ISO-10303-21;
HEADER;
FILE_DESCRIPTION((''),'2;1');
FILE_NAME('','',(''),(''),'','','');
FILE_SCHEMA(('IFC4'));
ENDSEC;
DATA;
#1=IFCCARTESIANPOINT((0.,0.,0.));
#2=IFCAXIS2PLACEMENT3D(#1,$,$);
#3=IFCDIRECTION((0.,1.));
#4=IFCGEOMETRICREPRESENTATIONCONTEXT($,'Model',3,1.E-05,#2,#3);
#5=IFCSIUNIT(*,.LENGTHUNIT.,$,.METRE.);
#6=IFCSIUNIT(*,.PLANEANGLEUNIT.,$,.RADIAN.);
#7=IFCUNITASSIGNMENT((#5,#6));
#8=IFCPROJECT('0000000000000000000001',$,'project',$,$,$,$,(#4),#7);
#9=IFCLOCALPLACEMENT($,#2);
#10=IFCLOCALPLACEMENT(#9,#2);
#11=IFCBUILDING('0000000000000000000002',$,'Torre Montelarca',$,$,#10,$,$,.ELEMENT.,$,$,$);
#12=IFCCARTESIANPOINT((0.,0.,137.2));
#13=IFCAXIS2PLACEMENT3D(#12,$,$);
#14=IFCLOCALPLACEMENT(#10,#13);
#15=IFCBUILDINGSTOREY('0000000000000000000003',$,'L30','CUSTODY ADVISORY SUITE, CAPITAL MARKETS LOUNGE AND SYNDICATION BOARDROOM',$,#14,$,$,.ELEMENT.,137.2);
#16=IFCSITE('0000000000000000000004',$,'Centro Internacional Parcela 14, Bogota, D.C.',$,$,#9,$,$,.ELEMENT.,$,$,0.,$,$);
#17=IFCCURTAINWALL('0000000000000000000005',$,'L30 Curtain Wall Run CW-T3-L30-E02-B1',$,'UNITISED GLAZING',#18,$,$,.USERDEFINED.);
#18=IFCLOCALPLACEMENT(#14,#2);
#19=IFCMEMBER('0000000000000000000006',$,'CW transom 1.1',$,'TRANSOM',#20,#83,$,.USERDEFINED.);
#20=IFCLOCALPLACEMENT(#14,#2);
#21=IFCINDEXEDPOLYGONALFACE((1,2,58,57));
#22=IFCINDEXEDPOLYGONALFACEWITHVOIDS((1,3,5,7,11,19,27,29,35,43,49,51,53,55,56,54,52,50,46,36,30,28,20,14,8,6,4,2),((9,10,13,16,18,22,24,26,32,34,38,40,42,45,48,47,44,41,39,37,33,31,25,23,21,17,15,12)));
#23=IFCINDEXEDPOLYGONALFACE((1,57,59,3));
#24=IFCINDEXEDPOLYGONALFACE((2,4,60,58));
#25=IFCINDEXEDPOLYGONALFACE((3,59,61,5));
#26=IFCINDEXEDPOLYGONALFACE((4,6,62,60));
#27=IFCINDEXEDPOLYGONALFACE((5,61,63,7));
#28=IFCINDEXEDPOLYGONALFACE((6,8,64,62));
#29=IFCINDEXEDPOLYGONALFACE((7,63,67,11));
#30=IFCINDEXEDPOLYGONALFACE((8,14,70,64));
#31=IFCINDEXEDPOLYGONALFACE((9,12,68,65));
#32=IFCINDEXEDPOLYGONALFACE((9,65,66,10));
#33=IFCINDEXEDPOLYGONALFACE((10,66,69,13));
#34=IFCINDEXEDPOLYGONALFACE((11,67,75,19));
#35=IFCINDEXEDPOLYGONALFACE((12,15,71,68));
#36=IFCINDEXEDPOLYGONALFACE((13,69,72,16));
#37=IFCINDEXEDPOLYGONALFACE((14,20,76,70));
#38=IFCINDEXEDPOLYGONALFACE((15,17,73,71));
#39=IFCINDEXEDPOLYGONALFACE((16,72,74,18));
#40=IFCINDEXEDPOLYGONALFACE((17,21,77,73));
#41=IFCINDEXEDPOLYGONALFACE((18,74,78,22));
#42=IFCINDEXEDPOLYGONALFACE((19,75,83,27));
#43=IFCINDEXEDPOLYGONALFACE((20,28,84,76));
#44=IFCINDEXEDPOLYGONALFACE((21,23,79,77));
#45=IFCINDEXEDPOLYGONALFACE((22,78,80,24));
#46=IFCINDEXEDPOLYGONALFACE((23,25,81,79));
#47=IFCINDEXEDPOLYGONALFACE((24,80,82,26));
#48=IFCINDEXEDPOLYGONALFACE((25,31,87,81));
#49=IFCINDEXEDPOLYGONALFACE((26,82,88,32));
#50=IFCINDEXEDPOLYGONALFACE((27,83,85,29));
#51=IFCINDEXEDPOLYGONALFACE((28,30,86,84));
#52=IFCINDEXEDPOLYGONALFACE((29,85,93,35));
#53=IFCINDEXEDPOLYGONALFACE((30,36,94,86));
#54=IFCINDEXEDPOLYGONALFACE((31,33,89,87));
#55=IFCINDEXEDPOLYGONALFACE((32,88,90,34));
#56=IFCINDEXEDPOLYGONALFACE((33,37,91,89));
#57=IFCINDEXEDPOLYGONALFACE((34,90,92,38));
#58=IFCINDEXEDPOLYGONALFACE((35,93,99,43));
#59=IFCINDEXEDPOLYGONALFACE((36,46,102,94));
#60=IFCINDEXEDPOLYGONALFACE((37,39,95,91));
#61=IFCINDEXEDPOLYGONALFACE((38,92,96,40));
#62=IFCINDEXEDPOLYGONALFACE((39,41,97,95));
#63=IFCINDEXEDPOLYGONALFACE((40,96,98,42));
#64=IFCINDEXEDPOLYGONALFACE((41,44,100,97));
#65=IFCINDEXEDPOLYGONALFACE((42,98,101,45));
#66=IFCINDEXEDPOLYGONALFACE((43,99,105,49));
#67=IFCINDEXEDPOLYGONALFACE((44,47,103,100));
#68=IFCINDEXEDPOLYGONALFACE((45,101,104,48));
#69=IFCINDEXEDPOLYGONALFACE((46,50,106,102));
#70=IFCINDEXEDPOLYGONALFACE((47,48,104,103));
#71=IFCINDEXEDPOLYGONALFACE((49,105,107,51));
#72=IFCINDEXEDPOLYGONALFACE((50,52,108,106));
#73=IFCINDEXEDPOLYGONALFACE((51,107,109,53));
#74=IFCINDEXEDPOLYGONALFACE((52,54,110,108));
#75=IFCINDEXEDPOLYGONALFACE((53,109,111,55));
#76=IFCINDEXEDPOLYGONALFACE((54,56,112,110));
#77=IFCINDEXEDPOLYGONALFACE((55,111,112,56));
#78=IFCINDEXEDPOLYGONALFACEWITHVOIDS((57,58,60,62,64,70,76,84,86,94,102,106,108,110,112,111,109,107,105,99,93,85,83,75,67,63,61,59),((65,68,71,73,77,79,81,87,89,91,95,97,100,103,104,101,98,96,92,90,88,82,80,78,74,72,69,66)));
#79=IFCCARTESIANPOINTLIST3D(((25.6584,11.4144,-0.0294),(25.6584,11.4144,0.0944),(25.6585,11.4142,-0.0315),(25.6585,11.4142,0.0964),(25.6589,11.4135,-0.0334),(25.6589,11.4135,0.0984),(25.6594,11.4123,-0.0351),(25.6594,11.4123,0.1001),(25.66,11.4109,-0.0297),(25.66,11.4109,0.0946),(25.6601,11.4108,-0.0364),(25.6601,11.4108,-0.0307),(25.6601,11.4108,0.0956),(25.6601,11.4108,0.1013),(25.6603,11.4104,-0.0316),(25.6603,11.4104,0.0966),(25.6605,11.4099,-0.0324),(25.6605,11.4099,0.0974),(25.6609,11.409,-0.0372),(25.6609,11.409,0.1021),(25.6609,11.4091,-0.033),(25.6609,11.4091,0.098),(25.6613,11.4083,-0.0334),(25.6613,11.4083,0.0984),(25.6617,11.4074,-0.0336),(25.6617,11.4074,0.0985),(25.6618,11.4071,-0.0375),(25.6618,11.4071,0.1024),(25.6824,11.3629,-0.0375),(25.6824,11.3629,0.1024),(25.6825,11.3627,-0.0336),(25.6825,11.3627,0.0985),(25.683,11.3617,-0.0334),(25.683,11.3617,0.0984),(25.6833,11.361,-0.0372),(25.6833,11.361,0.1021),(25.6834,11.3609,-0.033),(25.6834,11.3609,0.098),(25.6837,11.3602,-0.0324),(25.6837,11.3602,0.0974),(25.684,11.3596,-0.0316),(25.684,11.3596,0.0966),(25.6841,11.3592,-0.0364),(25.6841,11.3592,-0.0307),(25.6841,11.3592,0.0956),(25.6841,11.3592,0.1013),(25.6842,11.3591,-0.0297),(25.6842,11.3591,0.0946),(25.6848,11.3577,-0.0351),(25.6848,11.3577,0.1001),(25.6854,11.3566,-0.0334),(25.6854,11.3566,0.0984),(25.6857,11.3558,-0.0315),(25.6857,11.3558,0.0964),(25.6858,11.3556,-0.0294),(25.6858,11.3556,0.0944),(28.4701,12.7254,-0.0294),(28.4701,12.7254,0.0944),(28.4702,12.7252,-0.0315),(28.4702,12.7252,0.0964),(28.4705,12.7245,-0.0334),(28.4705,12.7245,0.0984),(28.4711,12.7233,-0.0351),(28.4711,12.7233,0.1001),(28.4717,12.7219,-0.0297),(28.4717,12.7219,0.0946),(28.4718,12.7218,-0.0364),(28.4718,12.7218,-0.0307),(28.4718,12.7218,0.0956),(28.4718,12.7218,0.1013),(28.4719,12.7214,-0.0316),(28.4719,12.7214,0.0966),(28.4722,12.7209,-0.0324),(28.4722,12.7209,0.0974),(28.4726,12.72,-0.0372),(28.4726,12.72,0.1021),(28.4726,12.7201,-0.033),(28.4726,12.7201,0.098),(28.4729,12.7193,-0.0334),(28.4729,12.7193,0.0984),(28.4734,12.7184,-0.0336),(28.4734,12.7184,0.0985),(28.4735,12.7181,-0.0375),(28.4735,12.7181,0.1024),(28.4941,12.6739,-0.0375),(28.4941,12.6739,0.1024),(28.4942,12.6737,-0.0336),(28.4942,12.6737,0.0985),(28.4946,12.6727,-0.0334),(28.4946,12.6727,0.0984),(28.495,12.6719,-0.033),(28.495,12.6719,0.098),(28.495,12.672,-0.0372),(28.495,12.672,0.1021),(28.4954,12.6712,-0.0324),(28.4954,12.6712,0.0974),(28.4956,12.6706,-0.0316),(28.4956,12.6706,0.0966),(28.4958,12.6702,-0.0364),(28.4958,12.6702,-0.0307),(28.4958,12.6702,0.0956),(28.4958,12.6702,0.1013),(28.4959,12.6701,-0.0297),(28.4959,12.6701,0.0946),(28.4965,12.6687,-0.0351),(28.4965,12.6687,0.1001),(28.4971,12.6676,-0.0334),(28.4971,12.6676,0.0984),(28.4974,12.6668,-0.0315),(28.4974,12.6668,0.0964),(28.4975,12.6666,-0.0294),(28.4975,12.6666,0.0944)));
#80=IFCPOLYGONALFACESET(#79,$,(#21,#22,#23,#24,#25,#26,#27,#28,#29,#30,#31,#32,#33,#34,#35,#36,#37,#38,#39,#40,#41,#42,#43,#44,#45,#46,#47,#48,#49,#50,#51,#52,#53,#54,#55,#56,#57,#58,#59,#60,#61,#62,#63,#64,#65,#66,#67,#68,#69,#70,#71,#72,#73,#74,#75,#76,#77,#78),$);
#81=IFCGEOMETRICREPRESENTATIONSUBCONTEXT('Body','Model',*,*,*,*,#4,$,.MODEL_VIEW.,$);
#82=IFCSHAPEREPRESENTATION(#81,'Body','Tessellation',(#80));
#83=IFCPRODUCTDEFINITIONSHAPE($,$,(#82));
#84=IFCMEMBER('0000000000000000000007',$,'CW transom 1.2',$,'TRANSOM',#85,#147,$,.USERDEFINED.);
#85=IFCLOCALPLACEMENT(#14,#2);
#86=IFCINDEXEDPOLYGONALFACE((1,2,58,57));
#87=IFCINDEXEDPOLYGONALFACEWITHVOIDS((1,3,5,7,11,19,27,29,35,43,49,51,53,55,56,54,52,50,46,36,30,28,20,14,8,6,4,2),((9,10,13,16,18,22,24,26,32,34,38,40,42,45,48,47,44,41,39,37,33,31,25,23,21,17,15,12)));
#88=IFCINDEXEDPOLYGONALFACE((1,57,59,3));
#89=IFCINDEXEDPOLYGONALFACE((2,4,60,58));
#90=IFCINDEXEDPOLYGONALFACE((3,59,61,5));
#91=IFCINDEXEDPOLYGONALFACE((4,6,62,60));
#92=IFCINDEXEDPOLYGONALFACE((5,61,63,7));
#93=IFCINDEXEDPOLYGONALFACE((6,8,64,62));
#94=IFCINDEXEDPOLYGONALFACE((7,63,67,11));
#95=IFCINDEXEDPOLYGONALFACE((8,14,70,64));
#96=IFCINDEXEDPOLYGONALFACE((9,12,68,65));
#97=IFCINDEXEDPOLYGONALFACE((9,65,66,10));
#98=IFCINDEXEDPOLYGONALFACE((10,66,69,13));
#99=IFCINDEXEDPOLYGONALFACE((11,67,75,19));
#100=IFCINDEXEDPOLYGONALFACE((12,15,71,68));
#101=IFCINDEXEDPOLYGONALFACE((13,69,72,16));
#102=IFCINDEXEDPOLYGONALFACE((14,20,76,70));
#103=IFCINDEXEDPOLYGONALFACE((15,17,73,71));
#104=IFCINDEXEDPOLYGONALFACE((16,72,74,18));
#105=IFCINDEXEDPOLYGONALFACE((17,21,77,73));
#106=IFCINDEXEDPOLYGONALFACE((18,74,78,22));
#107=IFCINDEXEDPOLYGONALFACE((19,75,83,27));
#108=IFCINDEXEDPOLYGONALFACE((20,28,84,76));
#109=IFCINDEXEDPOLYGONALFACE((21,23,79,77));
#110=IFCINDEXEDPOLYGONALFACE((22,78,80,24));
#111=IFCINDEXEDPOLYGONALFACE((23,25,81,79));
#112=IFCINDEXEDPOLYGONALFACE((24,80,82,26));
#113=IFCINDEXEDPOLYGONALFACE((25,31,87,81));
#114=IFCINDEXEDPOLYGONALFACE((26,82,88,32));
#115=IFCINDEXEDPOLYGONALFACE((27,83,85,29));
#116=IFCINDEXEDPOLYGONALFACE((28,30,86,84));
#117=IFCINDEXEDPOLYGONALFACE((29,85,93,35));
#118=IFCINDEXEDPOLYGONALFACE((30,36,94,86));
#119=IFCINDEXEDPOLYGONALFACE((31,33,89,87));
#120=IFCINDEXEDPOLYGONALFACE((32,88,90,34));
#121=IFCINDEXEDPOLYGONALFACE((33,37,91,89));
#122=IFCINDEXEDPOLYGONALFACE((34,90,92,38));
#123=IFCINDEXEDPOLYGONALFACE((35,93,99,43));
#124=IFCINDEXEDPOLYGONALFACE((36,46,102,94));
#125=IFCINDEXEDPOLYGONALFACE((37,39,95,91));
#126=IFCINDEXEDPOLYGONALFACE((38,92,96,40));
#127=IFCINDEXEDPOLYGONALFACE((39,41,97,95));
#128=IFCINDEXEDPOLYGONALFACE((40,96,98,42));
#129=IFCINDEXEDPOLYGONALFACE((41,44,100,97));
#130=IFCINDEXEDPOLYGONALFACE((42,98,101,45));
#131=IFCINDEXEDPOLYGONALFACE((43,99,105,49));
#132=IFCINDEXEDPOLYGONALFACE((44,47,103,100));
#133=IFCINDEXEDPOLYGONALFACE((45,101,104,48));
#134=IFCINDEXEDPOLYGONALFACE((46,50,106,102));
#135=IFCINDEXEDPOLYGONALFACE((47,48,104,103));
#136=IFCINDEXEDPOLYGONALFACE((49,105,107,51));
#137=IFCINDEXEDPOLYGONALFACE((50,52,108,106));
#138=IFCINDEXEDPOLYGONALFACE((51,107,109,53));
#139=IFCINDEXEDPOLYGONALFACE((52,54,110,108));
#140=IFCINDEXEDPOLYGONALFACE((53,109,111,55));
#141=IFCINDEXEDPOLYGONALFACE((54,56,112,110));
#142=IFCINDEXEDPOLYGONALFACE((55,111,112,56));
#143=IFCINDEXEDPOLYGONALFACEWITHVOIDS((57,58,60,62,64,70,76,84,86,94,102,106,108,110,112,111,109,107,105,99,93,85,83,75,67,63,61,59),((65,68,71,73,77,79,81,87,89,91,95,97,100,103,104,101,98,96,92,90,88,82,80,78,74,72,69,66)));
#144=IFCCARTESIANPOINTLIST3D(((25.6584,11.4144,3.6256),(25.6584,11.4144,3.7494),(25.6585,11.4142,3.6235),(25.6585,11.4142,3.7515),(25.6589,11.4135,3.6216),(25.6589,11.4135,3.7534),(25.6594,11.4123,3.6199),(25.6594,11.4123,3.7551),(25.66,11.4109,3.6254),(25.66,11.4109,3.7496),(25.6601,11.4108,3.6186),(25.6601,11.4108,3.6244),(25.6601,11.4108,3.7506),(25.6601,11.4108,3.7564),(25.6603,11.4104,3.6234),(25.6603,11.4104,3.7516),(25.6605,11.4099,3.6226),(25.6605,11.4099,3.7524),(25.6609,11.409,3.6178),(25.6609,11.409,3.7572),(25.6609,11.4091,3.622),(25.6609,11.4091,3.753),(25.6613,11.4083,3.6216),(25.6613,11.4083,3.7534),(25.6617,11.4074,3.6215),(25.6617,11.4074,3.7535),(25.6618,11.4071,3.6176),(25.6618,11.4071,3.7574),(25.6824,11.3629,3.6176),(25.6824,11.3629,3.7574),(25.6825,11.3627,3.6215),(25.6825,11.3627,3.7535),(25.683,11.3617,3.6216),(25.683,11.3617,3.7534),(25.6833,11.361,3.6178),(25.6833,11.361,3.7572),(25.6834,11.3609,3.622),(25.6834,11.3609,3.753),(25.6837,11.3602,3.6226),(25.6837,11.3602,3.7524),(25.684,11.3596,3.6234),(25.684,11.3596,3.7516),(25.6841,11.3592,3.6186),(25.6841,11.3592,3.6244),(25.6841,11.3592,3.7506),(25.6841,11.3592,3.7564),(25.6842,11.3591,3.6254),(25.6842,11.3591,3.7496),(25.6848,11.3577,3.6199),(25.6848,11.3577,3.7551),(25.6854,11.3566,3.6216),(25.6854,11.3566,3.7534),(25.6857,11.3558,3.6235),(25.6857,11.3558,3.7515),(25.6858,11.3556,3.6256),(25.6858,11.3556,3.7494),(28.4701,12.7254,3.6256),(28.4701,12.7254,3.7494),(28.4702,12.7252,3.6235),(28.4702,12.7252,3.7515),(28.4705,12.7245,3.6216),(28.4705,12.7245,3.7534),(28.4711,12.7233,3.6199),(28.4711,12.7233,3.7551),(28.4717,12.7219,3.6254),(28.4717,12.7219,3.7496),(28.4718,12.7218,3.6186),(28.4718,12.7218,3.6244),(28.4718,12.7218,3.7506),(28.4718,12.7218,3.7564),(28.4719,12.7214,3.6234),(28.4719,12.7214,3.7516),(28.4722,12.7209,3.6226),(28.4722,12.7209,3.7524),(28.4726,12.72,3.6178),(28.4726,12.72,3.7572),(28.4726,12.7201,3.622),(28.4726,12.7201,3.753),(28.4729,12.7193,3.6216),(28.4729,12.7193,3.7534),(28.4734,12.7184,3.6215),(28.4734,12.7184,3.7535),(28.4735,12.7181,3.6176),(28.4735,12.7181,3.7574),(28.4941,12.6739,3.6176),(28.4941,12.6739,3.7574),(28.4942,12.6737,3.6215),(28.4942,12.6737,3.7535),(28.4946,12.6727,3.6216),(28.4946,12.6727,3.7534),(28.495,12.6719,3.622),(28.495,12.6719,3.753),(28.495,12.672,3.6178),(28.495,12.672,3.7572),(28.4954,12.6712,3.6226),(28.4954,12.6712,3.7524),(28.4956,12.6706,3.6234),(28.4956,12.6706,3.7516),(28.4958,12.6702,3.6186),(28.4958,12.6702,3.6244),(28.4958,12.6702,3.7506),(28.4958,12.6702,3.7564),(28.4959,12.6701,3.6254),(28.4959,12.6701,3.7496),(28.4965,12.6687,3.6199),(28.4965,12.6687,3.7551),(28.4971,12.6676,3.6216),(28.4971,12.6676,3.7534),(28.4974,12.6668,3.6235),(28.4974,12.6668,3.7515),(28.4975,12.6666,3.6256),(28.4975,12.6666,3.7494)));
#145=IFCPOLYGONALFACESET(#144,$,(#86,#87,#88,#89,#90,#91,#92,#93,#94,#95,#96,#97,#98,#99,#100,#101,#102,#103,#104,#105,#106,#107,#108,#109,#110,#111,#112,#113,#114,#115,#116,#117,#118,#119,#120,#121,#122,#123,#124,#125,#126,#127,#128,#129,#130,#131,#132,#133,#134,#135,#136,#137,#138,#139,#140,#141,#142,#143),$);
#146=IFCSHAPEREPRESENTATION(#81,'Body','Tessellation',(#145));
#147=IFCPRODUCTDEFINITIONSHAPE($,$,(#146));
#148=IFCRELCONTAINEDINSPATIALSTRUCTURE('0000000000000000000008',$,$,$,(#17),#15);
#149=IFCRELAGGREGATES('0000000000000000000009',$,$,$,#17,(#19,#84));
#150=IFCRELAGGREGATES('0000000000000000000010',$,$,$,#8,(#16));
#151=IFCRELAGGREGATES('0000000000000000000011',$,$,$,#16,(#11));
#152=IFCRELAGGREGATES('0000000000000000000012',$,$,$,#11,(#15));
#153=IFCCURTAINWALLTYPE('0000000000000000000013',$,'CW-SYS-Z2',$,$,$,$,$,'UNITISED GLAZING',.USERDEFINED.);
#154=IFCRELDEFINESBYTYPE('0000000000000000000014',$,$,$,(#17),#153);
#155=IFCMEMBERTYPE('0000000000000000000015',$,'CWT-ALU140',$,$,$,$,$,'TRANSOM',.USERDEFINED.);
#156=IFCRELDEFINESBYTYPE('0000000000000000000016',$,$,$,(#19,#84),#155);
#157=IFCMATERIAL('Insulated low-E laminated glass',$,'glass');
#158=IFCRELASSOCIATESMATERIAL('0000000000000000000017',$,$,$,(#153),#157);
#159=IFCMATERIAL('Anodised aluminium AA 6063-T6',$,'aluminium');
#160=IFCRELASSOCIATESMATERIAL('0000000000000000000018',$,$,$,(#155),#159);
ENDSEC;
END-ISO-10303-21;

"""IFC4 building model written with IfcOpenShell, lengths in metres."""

from ifc_helpers import new_model, si_unit, direction, frame, origin, origin_2d, place, context, subcontext, project, spatial, hollow_rectangle, extrude, source, transform, mapped, material, material_profile, profile_set, type_object, element, aggregate, save


model = new_model("IFC4")

# Units and contexts
model_context = context("Model", 3, precision=1e-05, world=origin(), true_north=direction((0.0, 1.0)))
body_context = subcontext(model_context, "Body", "Model", "MODEL_VIEW")
ifc_project = project(units=[si_unit("LENGTHUNIT", "METRE"), si_unit("PLANEANGLEUNIT", "RADIAN")], contexts=[model_context])

# Site, building, storey
site_placement = place(None, origin())
site = spatial("IfcSite", under=ifc_project, at=site_placement, Name="Centro Internacional Parcela 14, Bogota, D.C.", CompositionType="ELEMENT", RefElevation=0.0)
building_placement = place(site_placement, origin())
building = spatial("IfcBuilding", under=site, at=building_placement, Name="Torre Montelarca", CompositionType="ELEMENT")
storey_placement = place(building_placement, frame((0.0, 0.0, 137.2)))
storey = spatial("IfcBuildingStorey", under=building, at=storey_placement, Name="L30", Description="CUSTODY ADVISORY SUITE, CAPITAL MARKETS LOUNGE AND SYNDICATION BOARDROOM", CompositionType="ELEMENT", Elevation=137.2)

# Curtain wall, members
ifc_material_1 = material(Name="Insulated low-E laminated glass", Category="glass")
curtain_wall_type = type_object("IfcCurtainWallType", Name="CW-SYS-Z2", ElementType="UNITISED GLAZING", PredefinedType="USERDEFINED", material=ifc_material_1)
curtain_wall_1_placement = place(storey_placement, origin())
curtain_wall_1 = element("IfcCurtainWall", 1, at=curtain_wall_1_placement, inside=storey, type_object=curtain_wall_type, Name="L30 Curtain Wall Run CW-T3-L30-E02-B1", ObjectType="UNITISED GLAZING", PredefinedType="USERDEFINED")
ifc_material_2 = material(Name="Anodised aluminium AA 6063-T6", Category="aluminium")
ifc_material_profile_1 = material_profile(ifc_material_2, hollow_rectangle(XDim=0.0649, YDim=0.1399, WallThickness=0.0039, InnerFilletRadius=0.0039, OuterFilletRadius=0.0081, at=origin_2d()), Name="ALU65X140X4", Category="aluminium")
ifc_profile_set_1 = profile_set([ifc_material_profile_1], Name="Anodised aluminium AA 6063-T6")
member_type_1 = type_object("IfcMemberType", Name="CWT-ALU140", ElementType="TRANSOM", PredefinedType="USERDEFINED", material=ifc_profile_set_1)
shared_shape_1 = source(origin(), body_context, "Body", "SweptSolid", [
    extrude(hollow_rectangle(XDim=0.0649, YDim=0.1399, WallThickness=0.0039, InnerFilletRadius=0.0039, OuterFilletRadius=0.0081, at=origin_2d()), origin(), (0.0, 0.0, 1.0), 3.1023),
])
member_1_placement = place(storey_placement, frame((25.6721, 11.385, 0.0325), z_axis=(0.906322, 0.422588, 0.0), x_axis=(-0.422588, 0.906322, 0.0)))
member_1 = element("IfcMember", 2, at=member_1_placement, type_object=member_type_1, Name="CW transom 1.1", ObjectType="TRANSOM", PredefinedType="USERDEFINED", context=body_context, shape_type="MappedRepresentation", body=[
    mapped(shared_shape_1, transform((0.0, 0.0, 0.0), scale=1.0)),
])
member_2_placement = place(storey_placement, frame((25.6721, 11.385, 3.6875), z_axis=(0.906322, 0.422588, 0.0), x_axis=(-0.422588, 0.906322, 0.0)))
member_2 = element("IfcMember", 3, at=member_2_placement, type_object=member_type_1, Name="CW transom 1.2", ObjectType="TRANSOM", PredefinedType="USERDEFINED", context=body_context, shape_type="MappedRepresentation", body=[
    mapped(shared_shape_1, transform((0.0, 0.0, 0.0), scale=1.0)),
])

aggregate(curtain_wall_1, [member_1, member_2])

save(model, "model.ifc")
